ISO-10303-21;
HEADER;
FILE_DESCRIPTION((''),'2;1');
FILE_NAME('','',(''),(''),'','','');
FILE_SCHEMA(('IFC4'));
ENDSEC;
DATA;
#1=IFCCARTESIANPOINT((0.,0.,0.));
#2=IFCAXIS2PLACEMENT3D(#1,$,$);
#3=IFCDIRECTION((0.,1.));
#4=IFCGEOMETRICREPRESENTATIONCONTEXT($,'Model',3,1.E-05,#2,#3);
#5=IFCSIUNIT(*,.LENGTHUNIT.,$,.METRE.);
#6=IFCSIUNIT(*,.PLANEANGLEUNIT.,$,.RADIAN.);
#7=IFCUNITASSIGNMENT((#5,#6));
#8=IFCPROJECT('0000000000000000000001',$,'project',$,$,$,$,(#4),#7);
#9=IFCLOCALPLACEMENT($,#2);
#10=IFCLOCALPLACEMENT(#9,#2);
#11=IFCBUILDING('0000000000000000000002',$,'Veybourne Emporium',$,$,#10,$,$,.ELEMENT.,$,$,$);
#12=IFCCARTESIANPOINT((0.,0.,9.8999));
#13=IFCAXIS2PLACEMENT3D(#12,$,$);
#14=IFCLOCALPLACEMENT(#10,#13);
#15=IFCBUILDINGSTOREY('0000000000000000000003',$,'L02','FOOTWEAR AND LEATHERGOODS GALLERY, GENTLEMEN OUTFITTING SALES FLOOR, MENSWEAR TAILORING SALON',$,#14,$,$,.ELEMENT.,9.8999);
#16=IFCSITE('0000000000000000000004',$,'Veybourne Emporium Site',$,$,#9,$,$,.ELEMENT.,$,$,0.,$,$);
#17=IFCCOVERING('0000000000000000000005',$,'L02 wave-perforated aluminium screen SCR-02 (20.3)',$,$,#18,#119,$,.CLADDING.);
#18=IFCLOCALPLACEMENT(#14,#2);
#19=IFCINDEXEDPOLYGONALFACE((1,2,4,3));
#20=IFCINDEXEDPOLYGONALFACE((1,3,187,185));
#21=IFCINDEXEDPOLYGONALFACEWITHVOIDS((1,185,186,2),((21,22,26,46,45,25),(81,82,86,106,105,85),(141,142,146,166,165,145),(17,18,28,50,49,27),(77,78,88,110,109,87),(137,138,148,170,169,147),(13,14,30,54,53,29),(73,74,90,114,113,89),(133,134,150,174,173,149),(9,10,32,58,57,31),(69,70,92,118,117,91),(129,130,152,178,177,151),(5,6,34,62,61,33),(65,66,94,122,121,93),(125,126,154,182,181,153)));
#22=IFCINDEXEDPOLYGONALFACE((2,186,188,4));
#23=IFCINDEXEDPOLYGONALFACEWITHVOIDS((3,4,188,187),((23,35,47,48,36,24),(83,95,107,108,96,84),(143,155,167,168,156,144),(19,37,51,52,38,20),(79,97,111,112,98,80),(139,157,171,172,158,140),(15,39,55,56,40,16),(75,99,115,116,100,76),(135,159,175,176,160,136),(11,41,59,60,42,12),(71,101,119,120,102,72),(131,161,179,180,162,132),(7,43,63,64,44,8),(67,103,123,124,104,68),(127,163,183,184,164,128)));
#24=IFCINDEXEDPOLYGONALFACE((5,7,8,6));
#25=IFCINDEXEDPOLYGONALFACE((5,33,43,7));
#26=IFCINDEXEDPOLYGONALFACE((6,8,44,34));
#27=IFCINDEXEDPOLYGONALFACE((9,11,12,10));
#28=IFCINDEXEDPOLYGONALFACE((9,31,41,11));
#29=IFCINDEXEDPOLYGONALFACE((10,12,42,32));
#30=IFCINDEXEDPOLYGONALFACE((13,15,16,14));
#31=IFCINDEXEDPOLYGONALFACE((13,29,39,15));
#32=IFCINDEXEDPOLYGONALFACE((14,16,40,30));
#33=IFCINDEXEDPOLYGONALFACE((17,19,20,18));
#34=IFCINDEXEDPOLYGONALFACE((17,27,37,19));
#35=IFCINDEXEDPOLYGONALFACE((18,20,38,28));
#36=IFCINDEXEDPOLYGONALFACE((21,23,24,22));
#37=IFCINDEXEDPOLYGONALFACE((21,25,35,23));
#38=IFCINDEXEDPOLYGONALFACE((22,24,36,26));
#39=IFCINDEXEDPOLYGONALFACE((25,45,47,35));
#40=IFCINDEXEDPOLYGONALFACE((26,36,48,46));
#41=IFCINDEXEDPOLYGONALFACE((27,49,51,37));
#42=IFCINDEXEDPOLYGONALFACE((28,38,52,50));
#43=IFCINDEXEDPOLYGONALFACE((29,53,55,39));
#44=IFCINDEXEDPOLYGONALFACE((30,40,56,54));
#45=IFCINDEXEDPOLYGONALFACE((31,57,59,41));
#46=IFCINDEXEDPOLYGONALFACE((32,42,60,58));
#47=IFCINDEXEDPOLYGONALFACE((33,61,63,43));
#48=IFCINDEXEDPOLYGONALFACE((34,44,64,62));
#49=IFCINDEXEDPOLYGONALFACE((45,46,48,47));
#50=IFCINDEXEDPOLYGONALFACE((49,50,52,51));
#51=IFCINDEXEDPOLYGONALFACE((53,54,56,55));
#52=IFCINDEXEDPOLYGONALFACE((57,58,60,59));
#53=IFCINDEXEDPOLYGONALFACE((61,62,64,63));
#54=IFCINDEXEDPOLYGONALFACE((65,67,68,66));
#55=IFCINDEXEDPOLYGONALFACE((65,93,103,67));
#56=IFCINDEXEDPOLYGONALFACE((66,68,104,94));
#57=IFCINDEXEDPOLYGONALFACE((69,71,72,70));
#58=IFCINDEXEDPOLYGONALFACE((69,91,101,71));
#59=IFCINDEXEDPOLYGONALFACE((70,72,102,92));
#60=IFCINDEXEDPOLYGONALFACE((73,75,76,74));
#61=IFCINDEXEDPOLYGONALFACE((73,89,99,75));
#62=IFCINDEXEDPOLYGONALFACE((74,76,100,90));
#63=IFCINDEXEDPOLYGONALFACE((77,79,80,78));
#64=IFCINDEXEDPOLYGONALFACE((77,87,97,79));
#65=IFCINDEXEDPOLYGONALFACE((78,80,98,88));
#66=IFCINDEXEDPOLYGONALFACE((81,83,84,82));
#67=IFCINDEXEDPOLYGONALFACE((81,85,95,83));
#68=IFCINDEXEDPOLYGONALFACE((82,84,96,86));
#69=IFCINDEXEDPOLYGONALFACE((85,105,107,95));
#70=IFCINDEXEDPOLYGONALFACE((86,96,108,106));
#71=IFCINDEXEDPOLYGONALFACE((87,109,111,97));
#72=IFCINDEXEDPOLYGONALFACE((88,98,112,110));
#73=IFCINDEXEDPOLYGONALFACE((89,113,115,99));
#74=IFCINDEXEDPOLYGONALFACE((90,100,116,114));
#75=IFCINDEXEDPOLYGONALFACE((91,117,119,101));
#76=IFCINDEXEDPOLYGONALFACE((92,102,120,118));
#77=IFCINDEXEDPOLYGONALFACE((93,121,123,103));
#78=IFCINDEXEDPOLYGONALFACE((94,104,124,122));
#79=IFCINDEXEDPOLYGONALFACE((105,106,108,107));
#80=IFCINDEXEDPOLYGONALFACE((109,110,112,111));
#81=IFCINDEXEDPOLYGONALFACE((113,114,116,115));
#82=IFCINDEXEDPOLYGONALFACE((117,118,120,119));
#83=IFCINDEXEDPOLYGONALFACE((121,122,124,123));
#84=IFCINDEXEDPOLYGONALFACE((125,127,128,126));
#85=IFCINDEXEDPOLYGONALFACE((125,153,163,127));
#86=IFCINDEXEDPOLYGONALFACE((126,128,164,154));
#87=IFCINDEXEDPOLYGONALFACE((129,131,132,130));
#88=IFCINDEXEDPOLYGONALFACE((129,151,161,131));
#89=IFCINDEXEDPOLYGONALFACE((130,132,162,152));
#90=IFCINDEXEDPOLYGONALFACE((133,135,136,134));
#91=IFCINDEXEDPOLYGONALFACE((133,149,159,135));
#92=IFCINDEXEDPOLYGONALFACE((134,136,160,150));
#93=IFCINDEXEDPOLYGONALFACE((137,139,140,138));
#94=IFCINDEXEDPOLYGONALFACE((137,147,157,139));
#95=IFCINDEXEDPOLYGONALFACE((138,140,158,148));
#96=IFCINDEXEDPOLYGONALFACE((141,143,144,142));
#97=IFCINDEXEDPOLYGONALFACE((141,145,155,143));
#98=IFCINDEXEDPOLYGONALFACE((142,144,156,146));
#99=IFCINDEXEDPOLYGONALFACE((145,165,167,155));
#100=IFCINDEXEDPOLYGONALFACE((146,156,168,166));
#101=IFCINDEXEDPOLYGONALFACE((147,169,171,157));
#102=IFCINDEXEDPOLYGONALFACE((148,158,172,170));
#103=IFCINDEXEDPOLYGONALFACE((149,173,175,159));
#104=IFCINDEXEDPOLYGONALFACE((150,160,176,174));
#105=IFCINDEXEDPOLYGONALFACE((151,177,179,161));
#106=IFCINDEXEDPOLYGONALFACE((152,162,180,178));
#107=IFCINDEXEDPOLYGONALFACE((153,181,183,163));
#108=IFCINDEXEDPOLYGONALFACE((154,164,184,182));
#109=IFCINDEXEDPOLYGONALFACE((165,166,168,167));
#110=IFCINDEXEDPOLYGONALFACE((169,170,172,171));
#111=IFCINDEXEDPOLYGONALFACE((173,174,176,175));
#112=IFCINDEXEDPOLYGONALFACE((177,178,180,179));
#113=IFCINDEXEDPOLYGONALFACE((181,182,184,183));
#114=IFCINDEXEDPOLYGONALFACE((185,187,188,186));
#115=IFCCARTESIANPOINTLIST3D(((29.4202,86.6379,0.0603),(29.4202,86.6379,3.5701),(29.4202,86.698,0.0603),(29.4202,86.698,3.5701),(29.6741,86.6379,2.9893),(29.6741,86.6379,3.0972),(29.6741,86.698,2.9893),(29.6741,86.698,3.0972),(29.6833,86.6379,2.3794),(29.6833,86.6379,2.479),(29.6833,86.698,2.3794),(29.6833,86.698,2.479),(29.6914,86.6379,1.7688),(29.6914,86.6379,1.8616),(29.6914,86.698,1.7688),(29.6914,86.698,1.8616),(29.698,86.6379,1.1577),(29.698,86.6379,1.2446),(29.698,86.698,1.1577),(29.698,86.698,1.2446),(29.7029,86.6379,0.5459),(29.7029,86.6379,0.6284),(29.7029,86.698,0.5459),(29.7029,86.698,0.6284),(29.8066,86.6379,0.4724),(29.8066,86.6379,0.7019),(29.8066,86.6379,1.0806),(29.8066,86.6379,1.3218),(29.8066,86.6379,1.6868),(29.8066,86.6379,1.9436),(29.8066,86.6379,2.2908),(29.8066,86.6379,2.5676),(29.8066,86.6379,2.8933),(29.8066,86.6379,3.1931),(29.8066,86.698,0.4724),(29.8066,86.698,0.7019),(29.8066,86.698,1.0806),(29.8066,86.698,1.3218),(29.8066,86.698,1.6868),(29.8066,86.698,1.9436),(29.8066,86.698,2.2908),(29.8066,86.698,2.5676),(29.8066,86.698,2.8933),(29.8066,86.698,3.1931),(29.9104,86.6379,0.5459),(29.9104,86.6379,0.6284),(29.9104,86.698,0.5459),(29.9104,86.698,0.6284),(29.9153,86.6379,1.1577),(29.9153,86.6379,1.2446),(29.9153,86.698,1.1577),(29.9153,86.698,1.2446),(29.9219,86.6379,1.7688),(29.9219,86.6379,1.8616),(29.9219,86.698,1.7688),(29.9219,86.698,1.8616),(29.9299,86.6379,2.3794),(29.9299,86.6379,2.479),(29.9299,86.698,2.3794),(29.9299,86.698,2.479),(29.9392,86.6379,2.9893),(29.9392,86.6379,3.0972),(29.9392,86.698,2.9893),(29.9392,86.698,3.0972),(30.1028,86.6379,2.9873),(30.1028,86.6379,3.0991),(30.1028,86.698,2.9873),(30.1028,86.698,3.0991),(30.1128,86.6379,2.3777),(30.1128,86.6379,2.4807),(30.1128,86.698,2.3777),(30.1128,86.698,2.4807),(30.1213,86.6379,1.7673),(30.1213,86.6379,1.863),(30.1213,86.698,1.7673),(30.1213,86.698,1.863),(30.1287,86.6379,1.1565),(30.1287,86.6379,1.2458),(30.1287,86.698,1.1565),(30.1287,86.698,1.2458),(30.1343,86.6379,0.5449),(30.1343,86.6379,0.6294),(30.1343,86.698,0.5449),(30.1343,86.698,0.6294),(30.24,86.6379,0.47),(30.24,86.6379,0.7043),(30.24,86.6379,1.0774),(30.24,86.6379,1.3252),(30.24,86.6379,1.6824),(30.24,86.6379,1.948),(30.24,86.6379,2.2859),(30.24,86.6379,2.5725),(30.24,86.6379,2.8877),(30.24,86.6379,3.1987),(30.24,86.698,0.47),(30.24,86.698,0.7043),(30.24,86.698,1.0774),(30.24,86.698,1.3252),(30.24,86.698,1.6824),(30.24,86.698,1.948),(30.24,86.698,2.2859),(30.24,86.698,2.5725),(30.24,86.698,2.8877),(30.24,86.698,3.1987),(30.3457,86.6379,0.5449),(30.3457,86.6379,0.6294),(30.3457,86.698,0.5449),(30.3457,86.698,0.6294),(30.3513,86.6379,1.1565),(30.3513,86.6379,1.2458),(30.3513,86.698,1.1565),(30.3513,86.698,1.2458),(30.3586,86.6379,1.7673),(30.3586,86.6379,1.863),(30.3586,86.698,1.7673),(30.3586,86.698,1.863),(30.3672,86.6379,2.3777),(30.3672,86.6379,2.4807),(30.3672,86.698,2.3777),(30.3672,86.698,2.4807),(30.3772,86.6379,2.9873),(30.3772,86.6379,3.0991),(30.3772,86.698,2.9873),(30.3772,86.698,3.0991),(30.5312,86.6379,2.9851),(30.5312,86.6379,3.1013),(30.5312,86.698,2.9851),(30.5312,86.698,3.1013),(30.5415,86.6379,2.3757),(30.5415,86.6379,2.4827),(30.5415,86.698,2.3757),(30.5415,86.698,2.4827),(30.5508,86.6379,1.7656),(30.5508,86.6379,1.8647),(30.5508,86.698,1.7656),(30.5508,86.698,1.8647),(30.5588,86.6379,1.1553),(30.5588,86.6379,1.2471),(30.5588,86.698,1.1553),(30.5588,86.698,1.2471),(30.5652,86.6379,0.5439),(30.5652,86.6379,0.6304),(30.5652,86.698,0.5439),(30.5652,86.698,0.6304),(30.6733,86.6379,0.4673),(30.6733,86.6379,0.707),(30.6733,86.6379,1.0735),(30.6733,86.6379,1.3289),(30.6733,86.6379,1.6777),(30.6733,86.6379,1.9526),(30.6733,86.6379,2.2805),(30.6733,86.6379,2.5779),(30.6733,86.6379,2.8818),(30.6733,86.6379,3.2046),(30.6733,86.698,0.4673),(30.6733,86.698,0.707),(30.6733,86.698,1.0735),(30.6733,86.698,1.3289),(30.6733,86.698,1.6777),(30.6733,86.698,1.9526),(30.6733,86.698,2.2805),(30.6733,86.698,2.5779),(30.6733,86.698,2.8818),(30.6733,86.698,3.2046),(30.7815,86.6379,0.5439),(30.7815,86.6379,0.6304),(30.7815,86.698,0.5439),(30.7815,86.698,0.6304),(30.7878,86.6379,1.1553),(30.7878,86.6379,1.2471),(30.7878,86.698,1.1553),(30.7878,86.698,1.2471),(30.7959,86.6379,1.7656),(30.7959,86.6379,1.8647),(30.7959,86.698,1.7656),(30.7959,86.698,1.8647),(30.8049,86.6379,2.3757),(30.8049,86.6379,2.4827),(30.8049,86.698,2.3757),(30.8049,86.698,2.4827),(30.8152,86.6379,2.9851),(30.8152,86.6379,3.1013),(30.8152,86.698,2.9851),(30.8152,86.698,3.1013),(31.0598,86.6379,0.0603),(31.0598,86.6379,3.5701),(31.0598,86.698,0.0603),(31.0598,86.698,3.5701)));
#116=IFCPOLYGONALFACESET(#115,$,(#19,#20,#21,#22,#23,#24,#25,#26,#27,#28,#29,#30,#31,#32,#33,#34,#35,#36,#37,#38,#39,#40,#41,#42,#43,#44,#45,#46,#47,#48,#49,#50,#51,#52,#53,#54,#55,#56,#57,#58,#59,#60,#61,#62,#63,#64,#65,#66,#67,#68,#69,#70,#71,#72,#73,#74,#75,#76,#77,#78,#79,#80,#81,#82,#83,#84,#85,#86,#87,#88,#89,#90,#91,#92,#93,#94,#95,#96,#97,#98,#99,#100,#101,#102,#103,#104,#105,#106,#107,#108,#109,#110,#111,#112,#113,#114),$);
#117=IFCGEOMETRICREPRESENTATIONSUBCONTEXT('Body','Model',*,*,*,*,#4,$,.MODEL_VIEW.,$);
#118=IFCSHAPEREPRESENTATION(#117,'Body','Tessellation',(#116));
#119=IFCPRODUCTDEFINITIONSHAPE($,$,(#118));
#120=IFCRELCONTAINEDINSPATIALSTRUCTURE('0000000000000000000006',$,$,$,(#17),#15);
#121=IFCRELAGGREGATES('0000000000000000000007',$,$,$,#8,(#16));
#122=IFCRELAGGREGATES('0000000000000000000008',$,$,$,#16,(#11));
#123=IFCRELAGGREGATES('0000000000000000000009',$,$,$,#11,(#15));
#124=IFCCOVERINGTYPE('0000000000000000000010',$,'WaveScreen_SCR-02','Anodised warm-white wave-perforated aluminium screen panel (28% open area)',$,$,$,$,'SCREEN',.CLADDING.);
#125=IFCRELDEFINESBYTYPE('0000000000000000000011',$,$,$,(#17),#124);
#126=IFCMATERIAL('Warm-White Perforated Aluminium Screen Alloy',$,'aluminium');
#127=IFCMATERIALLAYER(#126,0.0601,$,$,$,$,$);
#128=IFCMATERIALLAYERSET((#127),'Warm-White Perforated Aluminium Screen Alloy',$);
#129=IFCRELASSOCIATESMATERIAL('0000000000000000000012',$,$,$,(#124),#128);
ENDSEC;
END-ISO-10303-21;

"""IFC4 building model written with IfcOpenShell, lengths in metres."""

from ifc_helpers import new_model, si_unit, direction, frame, origin, place, context, subcontext, project, spatial, polyline, outline, extrude, material, layer, layer_set, type_object, element, save


model = new_model("IFC4")

# Units and contexts
model_context = context("Model", 3, precision=1e-05, world=origin(), true_north=direction((0.0, 1.0)))
body_context = subcontext(model_context, "Body", "Model", "MODEL_VIEW")
ifc_project = project(units=[si_unit("LENGTHUNIT", "METRE"), si_unit("PLANEANGLEUNIT", "RADIAN")], contexts=[model_context])

# Site, building, storey
site_placement = place(None, origin())
site = spatial("IfcSite", under=ifc_project, at=site_placement, Name="Veybourne Emporium Site", CompositionType="ELEMENT", RefElevation=0.0)
building_placement = place(site_placement, origin())
building = spatial("IfcBuilding", under=site, at=building_placement, Name="Veybourne Emporium", CompositionType="ELEMENT")
storey_placement = place(building_placement, frame((0.0, 0.0, 9.8999)))
storey = spatial("IfcBuildingStorey", under=building, at=storey_placement, Name="L02", Description="FOOTWEAR AND LEATHERGOODS GALLERY, GENTLEMEN OUTFITTING SALES FLOOR, MENSWEAR TAILORING SALON", CompositionType="ELEMENT", Elevation=9.8999)

# Covering
ifc_material_1 = material(Name="Warm-White Perforated Aluminium Screen Alloy", Category="aluminium")
ifc_layer_1 = layer(ifc_material_1, 0.0601)
ifc_layer_set_1 = layer_set([ifc_layer_1], Name="Warm-White Perforated Aluminium Screen Alloy")
covering_type_1 = type_object("IfcCoveringType", Name="WaveScreen_SCR-02", Description="Anodised warm-white wave-perforated aluminium screen panel (28% open area)", ElementType="SCREEN", PredefinedType="CLADDING", material=ifc_layer_set_1)
covering_1_placement = place(storey_placement, frame((30.24, 86.698, 1.8152), z_axis=(0.0, -1.0, 0.0), x_axis=(1.0, 0.0, 0.0)))
element("IfcCovering", 1, at=covering_1_placement, inside=storey, type_object=covering_type_1, Name="L02 wave-perforated aluminium screen SCR-02 (20.3)", PredefinedType="CLADDING", context=body_context, shape_type="SweptSolid", body=[
    extrude(outline(polyline([(-0.8198, -1.7549), (0.8198, -1.7549), (0.8198, 1.7549), (-0.8198, 1.7549), (-0.8198, -1.7549)]), holes=[polyline([(-0.4333, -1.1133), (-0.3296, -1.1868), (-0.3296, -1.2693), (-0.4333, -1.3428), (-0.5371, -1.2693), (-0.5371, -1.1868), (-0.4333, -1.1133)]), polyline([(-0.4333, -0.4934), (-0.3247, -0.5706), (-0.3247, -0.6575), (-0.4333, -0.7346), (-0.542, -0.6575), (-0.542, -0.5706), (-0.4333, -0.4934)]), polyline([(-0.4333, 0.1284), (-0.3181, 0.0464), (-0.3181, -0.0464), (-0.4333, -0.1284), (-0.5486, -0.0464), (-0.5486, 0.0464), (-0.4333, 0.1284)]), polyline([(-0.4333, 0.7524), (-0.3101, 0.6638), (-0.3101, 0.5642), (-0.4333, 0.4756), (-0.5566, 0.5642), (-0.5566, 0.6638), (-0.4333, 0.7524)]), polyline([(-0.4333, 1.3779), (-0.3008, 1.282), (-0.3008, 1.1741), (-0.4333, 1.0781), (-0.5659, 1.1741), (-0.5659, 1.282), (-0.4333, 1.3779)]), polyline([(0.0, -1.1108), (0.1057, -1.1858), (0.1057, -1.2703), (0.0, -1.3452), (-0.1057, -1.2703), (-0.1057, -1.1858), (0.0, -1.1108)]), polyline([(0.0, -0.49), (0.1113, -0.5693), (0.1113, -0.6587), (0.0, -0.7378), (-0.1113, -0.6587), (-0.1113, -0.5693), (0.0, -0.49)]), polyline([(0.0, 0.1328), (0.1187, 0.0479), (0.1187, -0.0479), (0.0, -0.1328), (-0.1187, -0.0479), (-0.1187, 0.0479), (0.0, 0.1328)]), polyline([(0.0, 0.7573), (0.1272, 0.6655), (0.1272, 0.5625), (0.0, 0.4707), (-0.1272, 0.5625), (-0.1272, 0.6655), (0.0, 0.7573)]), polyline([(0.0, 1.3835), (0.1372, 1.2839), (0.1372, 1.1721), (0.0, 1.0725), (-0.1372, 1.1721), (-0.1372, 1.2839), (0.0, 1.3835)]), polyline([(0.4333, -1.1082), (0.5415, -1.1848), (0.5415, -1.2712), (0.4333, -1.3479), (0.3252, -1.2712), (0.3252, -1.1848), (0.4333, -1.1082)]), polyline([(0.4333, -0.4863), (0.5479, -0.5681), (0.5479, -0.6599), (0.4333, -0.7417), (0.3188, -0.6599), (0.3188, -0.5681), (0.4333, -0.4863)]), polyline([(0.4333, 0.1375), (0.5559, 0.0496), (0.5559, -0.0496), (0.4333, -0.1375), (0.3108, -0.0496), (0.3108, 0.0496), (0.4333, 0.1375)]), polyline([(0.4333, 0.7627), (0.5649, 0.6675), (0.5649, 0.5605), (0.4333, 0.4653), (0.3015, 0.5605), (0.3015, 0.6675), (0.4333, 0.7627)]), polyline([(0.4333, 1.3894), (0.5752, 1.2861), (0.5752, 1.1699), (0.4333, 1.0667), (0.2913, 1.1699), (0.2913, 1.2861), (0.4333, 1.3894)])]), origin(), (0.0, 0.0, 1.0), 0.0601),
])

save(model, "model.ifc")
